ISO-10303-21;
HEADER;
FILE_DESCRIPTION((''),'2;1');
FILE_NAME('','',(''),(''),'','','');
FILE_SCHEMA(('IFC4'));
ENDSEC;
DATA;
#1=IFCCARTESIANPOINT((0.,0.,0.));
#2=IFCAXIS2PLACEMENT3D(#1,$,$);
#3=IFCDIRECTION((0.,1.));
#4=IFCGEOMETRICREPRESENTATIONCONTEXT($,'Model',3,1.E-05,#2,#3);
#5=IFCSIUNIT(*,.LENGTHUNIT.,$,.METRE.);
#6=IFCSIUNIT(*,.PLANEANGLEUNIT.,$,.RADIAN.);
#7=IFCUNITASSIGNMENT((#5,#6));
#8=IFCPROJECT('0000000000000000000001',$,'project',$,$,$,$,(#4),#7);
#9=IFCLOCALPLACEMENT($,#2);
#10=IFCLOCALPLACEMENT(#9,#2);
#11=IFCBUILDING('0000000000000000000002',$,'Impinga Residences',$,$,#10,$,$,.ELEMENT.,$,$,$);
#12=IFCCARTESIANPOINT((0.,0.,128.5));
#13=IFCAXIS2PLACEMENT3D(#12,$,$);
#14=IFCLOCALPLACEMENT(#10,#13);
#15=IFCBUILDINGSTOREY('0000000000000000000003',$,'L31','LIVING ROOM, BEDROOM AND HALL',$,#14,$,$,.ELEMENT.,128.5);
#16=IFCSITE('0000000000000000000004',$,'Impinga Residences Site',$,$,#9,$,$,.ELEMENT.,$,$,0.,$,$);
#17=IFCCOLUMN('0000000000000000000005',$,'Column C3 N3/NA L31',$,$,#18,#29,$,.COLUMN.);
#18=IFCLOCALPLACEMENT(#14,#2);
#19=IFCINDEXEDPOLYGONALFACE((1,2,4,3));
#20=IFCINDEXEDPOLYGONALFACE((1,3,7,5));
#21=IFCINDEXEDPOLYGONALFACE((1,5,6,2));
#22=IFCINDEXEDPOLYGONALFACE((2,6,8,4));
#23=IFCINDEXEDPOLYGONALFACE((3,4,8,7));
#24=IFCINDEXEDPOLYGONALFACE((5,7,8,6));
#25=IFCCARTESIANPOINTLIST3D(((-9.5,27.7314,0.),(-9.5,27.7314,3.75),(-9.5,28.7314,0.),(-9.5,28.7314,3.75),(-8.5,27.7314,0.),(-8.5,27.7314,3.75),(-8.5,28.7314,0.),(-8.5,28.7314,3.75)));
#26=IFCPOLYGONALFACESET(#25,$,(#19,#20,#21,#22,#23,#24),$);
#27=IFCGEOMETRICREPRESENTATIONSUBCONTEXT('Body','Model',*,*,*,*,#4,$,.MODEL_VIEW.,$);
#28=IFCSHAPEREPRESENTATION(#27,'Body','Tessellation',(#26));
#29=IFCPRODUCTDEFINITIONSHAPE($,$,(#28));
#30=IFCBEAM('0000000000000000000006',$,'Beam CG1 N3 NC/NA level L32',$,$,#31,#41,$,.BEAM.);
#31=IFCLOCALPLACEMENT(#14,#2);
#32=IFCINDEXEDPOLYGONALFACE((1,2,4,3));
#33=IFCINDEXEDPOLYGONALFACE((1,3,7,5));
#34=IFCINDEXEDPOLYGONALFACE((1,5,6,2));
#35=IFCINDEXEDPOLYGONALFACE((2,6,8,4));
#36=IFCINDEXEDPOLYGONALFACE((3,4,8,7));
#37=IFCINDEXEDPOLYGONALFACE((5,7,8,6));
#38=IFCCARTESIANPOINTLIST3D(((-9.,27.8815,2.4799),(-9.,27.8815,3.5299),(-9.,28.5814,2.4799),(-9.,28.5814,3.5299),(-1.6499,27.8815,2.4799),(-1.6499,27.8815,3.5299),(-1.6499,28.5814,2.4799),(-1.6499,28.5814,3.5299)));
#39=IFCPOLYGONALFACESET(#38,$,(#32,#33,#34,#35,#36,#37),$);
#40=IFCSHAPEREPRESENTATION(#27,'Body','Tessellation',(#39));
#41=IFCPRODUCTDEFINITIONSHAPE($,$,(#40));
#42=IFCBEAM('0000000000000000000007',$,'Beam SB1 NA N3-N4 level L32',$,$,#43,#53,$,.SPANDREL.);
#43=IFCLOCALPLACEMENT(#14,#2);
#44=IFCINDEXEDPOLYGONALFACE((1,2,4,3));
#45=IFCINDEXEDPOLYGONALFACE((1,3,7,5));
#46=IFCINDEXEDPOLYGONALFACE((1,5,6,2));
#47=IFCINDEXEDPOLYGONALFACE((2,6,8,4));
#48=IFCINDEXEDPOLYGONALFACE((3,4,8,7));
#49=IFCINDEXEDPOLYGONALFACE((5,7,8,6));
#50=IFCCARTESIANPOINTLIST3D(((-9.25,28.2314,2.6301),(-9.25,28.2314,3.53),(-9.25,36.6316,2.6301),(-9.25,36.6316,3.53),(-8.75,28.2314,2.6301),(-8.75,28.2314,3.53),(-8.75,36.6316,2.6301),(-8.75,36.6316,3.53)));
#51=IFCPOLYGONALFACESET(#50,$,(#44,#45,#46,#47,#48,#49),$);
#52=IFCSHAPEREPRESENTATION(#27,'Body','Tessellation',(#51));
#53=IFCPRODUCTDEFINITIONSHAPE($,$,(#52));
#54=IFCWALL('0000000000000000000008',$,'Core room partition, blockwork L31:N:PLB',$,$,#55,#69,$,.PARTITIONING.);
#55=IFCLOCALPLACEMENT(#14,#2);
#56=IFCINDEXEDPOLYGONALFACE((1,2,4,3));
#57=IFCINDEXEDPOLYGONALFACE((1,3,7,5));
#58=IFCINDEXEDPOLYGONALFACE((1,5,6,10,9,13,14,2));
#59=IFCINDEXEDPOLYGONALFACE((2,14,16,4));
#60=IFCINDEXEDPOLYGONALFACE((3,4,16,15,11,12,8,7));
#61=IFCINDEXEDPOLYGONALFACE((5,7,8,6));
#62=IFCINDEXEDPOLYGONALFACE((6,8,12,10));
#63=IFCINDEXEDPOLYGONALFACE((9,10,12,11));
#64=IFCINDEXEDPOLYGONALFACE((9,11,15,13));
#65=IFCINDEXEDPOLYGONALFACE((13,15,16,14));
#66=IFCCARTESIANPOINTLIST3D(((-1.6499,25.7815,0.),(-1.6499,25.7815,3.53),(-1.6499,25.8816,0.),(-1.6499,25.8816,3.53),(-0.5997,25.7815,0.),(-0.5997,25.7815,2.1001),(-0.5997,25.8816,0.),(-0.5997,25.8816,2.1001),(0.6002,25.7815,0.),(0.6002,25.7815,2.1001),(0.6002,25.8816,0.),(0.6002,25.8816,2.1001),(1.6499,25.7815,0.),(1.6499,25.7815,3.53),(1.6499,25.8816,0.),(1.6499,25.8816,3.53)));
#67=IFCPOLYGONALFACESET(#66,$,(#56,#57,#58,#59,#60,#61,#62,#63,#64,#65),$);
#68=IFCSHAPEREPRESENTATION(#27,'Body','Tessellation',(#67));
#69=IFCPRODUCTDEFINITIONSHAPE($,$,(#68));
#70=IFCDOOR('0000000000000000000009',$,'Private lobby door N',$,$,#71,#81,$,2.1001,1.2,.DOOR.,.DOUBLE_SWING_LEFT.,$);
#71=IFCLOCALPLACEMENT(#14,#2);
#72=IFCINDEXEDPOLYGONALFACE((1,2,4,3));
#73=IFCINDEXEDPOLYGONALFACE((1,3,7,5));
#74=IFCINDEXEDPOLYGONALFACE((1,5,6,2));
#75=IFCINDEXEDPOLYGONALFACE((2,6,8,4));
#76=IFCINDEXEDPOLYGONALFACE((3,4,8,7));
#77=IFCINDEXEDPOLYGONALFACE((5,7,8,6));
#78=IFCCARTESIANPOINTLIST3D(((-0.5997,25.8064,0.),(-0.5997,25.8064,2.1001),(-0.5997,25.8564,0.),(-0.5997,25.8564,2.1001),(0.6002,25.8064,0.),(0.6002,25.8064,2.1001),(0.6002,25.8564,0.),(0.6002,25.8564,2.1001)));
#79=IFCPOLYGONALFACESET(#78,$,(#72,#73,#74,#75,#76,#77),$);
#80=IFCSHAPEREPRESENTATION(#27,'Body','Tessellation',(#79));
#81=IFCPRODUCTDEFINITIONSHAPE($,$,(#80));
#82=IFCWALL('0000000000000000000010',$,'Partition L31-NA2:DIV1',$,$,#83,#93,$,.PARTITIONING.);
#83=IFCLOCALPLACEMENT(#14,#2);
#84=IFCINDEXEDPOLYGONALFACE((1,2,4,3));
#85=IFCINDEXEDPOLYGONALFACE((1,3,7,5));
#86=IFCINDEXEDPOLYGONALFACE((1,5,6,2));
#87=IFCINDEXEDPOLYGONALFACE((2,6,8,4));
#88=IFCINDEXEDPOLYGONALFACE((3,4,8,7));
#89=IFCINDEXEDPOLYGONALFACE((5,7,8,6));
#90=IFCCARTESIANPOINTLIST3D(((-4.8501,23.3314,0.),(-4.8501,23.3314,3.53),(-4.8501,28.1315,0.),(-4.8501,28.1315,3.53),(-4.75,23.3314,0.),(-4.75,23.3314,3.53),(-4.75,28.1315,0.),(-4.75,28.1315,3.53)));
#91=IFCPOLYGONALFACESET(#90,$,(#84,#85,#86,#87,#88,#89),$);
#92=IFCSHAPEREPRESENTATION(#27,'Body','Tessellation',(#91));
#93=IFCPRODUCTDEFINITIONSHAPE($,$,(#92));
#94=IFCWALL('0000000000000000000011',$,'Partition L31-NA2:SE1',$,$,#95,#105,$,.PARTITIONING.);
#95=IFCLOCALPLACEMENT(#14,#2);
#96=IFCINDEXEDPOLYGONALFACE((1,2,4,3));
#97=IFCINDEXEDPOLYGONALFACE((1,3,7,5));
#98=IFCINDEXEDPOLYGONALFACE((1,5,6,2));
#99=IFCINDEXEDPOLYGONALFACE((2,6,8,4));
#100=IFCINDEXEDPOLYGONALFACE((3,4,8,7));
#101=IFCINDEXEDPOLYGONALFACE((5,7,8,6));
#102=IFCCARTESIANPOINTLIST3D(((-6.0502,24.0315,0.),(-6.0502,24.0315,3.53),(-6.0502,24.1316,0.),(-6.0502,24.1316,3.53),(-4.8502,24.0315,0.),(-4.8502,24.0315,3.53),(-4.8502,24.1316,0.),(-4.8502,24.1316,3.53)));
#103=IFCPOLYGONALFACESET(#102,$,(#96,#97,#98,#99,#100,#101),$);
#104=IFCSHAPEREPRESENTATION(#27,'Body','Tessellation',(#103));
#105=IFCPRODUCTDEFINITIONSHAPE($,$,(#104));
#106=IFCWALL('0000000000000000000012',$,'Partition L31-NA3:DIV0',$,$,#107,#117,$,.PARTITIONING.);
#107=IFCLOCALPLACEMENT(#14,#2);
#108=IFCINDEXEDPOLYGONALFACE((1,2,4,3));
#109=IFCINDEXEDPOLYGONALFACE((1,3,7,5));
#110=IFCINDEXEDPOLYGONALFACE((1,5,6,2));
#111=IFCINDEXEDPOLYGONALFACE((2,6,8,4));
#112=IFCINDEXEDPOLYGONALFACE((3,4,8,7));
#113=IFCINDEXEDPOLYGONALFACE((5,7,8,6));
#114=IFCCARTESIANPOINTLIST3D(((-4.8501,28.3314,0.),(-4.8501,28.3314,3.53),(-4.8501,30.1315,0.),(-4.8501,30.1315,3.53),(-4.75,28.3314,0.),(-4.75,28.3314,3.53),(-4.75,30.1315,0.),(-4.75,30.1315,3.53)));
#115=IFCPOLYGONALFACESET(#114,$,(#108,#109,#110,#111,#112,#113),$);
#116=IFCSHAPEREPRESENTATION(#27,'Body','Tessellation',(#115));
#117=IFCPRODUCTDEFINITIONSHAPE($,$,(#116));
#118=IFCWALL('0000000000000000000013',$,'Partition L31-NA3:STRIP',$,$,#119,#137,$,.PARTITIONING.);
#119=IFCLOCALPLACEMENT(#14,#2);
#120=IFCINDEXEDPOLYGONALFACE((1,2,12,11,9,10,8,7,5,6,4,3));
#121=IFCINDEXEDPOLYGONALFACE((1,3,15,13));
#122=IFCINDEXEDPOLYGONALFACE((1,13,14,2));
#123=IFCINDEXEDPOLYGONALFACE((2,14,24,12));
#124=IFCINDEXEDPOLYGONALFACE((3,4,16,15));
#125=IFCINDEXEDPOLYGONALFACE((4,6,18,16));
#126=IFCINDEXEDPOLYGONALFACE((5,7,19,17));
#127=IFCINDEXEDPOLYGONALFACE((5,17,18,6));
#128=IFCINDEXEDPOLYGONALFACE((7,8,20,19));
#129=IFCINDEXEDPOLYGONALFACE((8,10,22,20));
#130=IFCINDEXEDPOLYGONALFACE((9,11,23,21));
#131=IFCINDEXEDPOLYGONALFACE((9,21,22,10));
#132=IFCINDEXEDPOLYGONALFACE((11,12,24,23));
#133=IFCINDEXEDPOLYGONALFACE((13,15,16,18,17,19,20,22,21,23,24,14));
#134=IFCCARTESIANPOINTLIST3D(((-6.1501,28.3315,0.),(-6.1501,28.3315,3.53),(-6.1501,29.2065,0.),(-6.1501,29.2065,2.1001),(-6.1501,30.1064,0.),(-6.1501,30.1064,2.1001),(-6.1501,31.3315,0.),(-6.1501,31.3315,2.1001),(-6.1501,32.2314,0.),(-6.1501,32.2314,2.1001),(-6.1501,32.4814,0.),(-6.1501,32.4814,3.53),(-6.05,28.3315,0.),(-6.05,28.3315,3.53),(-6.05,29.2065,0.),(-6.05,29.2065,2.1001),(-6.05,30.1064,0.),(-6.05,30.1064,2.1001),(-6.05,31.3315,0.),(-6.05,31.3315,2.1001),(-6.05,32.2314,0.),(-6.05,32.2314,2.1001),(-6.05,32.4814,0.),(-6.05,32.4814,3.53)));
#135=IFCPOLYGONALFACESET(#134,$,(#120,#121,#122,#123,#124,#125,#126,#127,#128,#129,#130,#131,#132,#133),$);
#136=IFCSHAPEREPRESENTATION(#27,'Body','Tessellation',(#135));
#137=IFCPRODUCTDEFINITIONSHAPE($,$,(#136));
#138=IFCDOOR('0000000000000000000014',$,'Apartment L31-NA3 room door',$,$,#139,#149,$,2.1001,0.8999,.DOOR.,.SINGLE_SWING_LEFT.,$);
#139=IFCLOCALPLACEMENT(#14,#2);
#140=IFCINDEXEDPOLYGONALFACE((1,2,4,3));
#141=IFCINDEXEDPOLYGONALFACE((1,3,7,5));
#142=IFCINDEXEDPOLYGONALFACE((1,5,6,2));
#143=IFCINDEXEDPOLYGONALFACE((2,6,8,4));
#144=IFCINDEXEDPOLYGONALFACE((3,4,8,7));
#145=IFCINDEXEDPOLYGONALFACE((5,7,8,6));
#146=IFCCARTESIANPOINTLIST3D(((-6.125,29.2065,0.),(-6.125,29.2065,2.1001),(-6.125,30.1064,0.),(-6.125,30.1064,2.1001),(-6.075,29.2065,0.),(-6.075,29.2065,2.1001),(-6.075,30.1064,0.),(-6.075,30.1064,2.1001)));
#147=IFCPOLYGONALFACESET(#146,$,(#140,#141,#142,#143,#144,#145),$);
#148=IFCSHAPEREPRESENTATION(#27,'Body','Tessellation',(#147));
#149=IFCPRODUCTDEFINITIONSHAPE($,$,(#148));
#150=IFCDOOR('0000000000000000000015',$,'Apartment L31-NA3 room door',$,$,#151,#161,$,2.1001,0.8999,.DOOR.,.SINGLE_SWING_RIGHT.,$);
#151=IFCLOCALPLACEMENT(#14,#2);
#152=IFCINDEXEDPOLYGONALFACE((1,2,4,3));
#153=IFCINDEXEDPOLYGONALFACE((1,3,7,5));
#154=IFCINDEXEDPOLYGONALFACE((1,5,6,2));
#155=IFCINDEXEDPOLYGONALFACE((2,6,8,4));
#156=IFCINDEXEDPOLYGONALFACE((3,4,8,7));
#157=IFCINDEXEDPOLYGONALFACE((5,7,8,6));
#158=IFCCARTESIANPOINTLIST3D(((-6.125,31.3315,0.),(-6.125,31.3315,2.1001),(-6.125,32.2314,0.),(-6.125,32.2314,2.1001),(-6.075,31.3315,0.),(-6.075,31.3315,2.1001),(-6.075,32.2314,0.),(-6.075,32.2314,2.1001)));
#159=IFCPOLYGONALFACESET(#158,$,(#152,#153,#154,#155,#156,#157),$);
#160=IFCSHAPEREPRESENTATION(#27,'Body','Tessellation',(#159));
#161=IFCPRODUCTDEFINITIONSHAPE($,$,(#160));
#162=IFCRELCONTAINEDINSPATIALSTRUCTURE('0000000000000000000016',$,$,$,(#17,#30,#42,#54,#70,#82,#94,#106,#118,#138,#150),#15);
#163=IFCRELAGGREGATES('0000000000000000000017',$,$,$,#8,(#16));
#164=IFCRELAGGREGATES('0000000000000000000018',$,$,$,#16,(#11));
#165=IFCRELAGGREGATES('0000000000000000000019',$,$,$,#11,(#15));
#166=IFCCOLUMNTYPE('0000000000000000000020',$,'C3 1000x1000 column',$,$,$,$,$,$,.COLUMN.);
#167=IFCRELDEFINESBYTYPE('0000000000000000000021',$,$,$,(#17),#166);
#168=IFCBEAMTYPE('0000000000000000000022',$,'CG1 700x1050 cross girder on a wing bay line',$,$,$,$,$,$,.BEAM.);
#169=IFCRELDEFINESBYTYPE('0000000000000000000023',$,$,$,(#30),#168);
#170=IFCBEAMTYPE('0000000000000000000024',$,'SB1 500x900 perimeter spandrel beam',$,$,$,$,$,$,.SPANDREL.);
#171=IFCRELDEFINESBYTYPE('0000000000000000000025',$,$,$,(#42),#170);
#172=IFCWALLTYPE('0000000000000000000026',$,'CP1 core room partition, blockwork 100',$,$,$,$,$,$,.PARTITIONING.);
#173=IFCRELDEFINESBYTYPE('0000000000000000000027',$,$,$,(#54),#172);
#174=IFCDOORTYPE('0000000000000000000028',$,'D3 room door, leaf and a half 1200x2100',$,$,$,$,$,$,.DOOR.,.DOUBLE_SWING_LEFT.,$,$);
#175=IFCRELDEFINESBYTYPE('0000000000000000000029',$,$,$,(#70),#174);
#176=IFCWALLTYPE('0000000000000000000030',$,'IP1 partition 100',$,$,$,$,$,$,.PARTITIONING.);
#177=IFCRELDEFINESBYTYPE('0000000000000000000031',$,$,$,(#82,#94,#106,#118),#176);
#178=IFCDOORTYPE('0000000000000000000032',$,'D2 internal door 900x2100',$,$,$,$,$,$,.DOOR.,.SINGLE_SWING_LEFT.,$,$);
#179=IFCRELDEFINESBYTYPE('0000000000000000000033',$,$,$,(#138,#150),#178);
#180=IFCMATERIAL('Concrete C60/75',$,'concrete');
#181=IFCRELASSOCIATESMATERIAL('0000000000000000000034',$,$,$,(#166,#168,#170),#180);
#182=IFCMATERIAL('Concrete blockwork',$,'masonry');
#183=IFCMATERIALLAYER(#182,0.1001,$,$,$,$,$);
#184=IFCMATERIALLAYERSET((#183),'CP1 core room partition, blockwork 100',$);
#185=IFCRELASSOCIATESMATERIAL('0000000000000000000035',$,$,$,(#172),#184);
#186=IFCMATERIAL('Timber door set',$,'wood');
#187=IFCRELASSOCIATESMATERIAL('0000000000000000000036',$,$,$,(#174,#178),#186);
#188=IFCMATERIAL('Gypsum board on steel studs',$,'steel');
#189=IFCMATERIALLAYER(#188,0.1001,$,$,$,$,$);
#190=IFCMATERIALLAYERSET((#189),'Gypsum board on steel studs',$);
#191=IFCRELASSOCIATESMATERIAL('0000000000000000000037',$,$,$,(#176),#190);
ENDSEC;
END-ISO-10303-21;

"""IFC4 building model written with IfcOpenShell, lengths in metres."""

from ifc_helpers import new_model, si_unit, direction, frame, frame_2d, origin, origin_2d, place, context, subcontext, project, spatial, rectangle, extrude, material, layer, layer_set, material_profile, profile_set, type_object, element, fill, save


model = new_model("IFC4")

# Units and contexts
model_context = context("Model", 3, precision=1e-05, world=origin(), true_north=direction((0.0, 1.0)))
body_context = subcontext(model_context, "Body", "Model", "MODEL_VIEW")
ifc_project = project(units=[si_unit("LENGTHUNIT", "METRE"), si_unit("PLANEANGLEUNIT", "RADIAN")], contexts=[model_context])

# Site, building, storey
site_placement = place(None, origin())
site = spatial("IfcSite", under=ifc_project, at=site_placement, Name="Impinga Residences Site", CompositionType="ELEMENT", RefElevation=0.0)
building_placement = place(site_placement, origin())
building = spatial("IfcBuilding", under=site, at=building_placement, Name="Impinga Residences", CompositionType="ELEMENT")
storey_placement = place(building_placement, frame((0.0, 0.0, 128.5)))
storey = spatial("IfcBuildingStorey", under=building, at=storey_placement, Name="L31", Description="LIVING ROOM, BEDROOM AND HALL", CompositionType="ELEMENT", Elevation=128.5)

# Column
ifc_material_1 = material(Name="Concrete C60/75", Category="concrete")
ifc_material_profile_1 = material_profile(ifc_material_1, rectangle(XDim=1.0, YDim=1.0, at=origin_2d()), Name="RC 1000x1000")
ifc_profile_set_1 = profile_set([ifc_material_profile_1], Name="Concrete C60/75")
column_type = type_object("IfcColumnType", Name="C3 1000x1000 column", PredefinedType="COLUMN", material=ifc_profile_set_1)
column_placement = place(storey_placement, frame((-9.0, 28.2314, 0.0), z_axis=(0.0, 0.0, 1.0), x_axis=(1.0, 0.0, 0.0)))
element("IfcColumn", 1, at=column_placement, inside=storey, type_object=column_type, Name="Column C3 N3/NA L31", PredefinedType="COLUMN", context=body_context, shape_type="SweptSolid", body=[
    extrude(rectangle(XDim=1.0, YDim=1.0, at=origin_2d()), origin(), (0.0, 0.0, 1.0), 3.75),
])

# Beams
ifc_material_profile_2 = material_profile(ifc_material_1, rectangle(XDim=0.7, YDim=1.05, at=origin_2d()), Name="RC 700x1050")
ifc_profile_set_2 = profile_set([ifc_material_profile_2], Name="Concrete C60/75")
beam_type_1 = type_object("IfcBeamType", Name="CG1 700x1050 cross girder on a wing bay line", PredefinedType="BEAM", material=ifc_profile_set_2)
beam_1_placement = place(storey_placement, frame((-1.6499, 28.2314, 3.0049), z_axis=(-1.0, 0.0, 0.0), x_axis=(0.0, -1.0, 0.0)))
element("IfcBeam", 2, at=beam_1_placement, inside=storey, type_object=beam_type_1, Name="Beam CG1 N3 NC/NA level L32", PredefinedType="BEAM", context=body_context, shape_type="SweptSolid", body=[
    extrude(rectangle(XDim=0.7, YDim=1.05, at=origin_2d()), origin(), (0.0, 0.0, 1.0), 7.3501),
])
ifc_material_profile_3 = material_profile(ifc_material_1, rectangle(XDim=0.5, YDim=0.8999, at=origin_2d()), Name="RC 500x900")
ifc_profile_set_3 = profile_set([ifc_material_profile_3], Name="Concrete C60/75")
beam_type_2 = type_object("IfcBeamType", Name="SB1 500x900 perimeter spandrel beam", PredefinedType="SPANDREL", material=ifc_profile_set_3)
beam_2_placement = place(storey_placement, frame((-9.0, 28.2314, 3.0801), z_axis=(0.0, 1.0, 0.0), x_axis=(-1.0, 0.0, 0.0)))
element("IfcBeam", 3, at=beam_2_placement, inside=storey, type_object=beam_type_2, Name="Beam SB1 NA N3-N4 level L32", PredefinedType="SPANDREL", context=body_context, shape_type="SweptSolid", body=[
    extrude(rectangle(XDim=0.5, YDim=0.8999, at=origin_2d()), origin(), (0.0, 0.0, 1.0), 8.4001),
])

# Wall, opening, door
ifc_material_2 = material(Name="Concrete blockwork", Category="masonry")
ifc_layer_1 = layer(ifc_material_2, 0.1001)
ifc_layer_set_1 = layer_set([ifc_layer_1], Name="CP1 core room partition, blockwork 100")
wall_type_1 = type_object("IfcWallType", Name="CP1 core room partition, blockwork 100", PredefinedType="PARTITIONING", material=ifc_layer_set_1)
wall_1_placement = place(storey_placement, frame((-1.6499, 25.8315, 0.0), z_axis=(0.0, 0.0, 1.0), x_axis=(1.0, 0.0, 0.0)))
wall_1 = element("IfcWall", 4, at=wall_1_placement, inside=storey, type_object=wall_type_1, Name="Core room partition, blockwork L31:N:PLB", PredefinedType="PARTITIONING", context=body_context, shape_type="SweptSolid", body=[
    extrude(rectangle(XDim=3.2998, YDim=0.1001, at=frame_2d((1.6499, 0.0))), origin(), (0.0, 0.0, 1.0), 3.53),
])
opening_1_placement = place(wall_1_placement, frame((1.05, 0.0, 0.0)))
opening_1 = element("IfcOpeningElement", 5, at=opening_1_placement, cuts=wall_1, PredefinedType="OPENING", context=body_context, shape_type="SweptSolid", body=[
    extrude(rectangle(XDim=1.2, YDim=2.1001, at=frame_2d((0.6001, 1.05))), frame((0.0, 0.0601, 0.0), z_axis=(0.0, -1.0, 0.0), x_axis=(1.0, 0.0, 0.0)), (0.0, 0.0, 1.0), 0.1201),
])
ifc_material_3 = material(Name="Timber door set", Category="wood")
door_type_1 = type_object("IfcDoorType", Name="D3 room door, leaf and a half 1200x2100", OperationType="DOUBLE_SWING_LEFT", PredefinedType="DOOR", material=ifc_material_3)
door_1_placement = place(opening_1_placement, origin())
door_1 = element("IfcDoor", 6, at=door_1_placement, inside=storey, type_object=door_type_1, Name="Private lobby door N", OperationType="DOUBLE_SWING_LEFT", OverallHeight=2.1001, OverallWidth=1.2, PredefinedType="DOOR", context=body_context, shape_type="SweptSolid", body=[
    extrude(rectangle(XDim=1.2, YDim=2.1001, at=frame_2d((0.6001, 1.05))), frame((0.0, 0.0249, 0.0), z_axis=(0.0, -1.0, 0.0), x_axis=(1.0, 0.0, 0.0)), (0.0, 0.0, 1.0), 0.05),
])
fill(opening_1, door_1)

# Walls
ifc_material_4 = material(Name="Gypsum board on steel studs", Category="steel")
ifc_layer_2 = layer(ifc_material_4, 0.1001)
ifc_layer_set_2 = layer_set([ifc_layer_2], Name="Gypsum board on steel studs")
wall_type_2 = type_object("IfcWallType", Name="IP1 partition 100", PredefinedType="PARTITIONING", material=ifc_layer_set_2)
wall_2_placement = place(storey_placement, frame((-4.8, 23.3315, 0.0), z_axis=(0.0, 0.0, 1.0), x_axis=(0.0, 1.0, 0.0)))
element("IfcWall", 7, at=wall_2_placement, inside=storey, type_object=wall_type_2, Name="Partition L31-NA2:DIV1", PredefinedType="PARTITIONING", context=body_context, shape_type="SweptSolid", body=[
    extrude(rectangle(XDim=4.8, YDim=0.1001, at=frame_2d((2.3999, 0.0))), origin(), (0.0, 0.0, 1.0), 3.53),
])
wall_3_placement = place(storey_placement, frame((-4.8501, 24.0815, 0.0), z_axis=(0.0, 0.0, 1.0), x_axis=(-1.0, 0.0, 0.0)))
element("IfcWall", 8, at=wall_3_placement, inside=storey, type_object=wall_type_2, Name="Partition L31-NA2:SE1", PredefinedType="PARTITIONING", context=body_context, shape_type="SweptSolid", body=[
    extrude(rectangle(XDim=1.2, YDim=0.1001, at=frame_2d((0.6001, 0.0))), origin(), (0.0, 0.0, 1.0), 3.53),
])
wall_4_placement = place(storey_placement, frame((-4.8, 28.3315, 0.0), z_axis=(0.0, 0.0, 1.0), x_axis=(0.0, 1.0, 0.0)))
element("IfcWall", 9, at=wall_4_placement, inside=storey, type_object=wall_type_2, Name="Partition L31-NA3:DIV0", PredefinedType="PARTITIONING", context=body_context, shape_type="SweptSolid", body=[
    extrude(rectangle(XDim=1.8, YDim=0.1001, at=frame_2d((0.8999, 0.0))), origin(), (0.0, 0.0, 1.0), 3.53),
])

# Wall, openings, doors
wall_5_placement = place(storey_placement, frame((-6.1001, 28.3315, 0.0), z_axis=(0.0, 0.0, 1.0), x_axis=(0.0, 1.0, 0.0)))
wall_5 = element("IfcWall", 10, at=wall_5_placement, inside=storey, type_object=wall_type_2, Name="Partition L31-NA3:STRIP", PredefinedType="PARTITIONING", context=body_context, shape_type="SweptSolid", body=[
    extrude(rectangle(XDim=4.1499, YDim=0.1001, at=frame_2d((2.075, 0.0))), origin(), (0.0, 0.0, 1.0), 3.53),
])
opening_2_placement = place(wall_5_placement, frame((0.875, 0.0, 0.0)))
opening_2 = element("IfcOpeningElement", 11, at=opening_2_placement, cuts=wall_5, PredefinedType="OPENING", context=body_context, shape_type="SweptSolid", body=[
    extrude(rectangle(XDim=0.8999, YDim=2.1001, at=frame_2d((0.45, 1.05))), frame((0.0, 0.0601, 0.0), z_axis=(0.0, -1.0, 0.0), x_axis=(1.0, 0.0, 0.0)), (0.0, 0.0, 1.0), 0.1201),
])
opening_3_placement = place(wall_5_placement, frame((3.0, 0.0, 0.0)))
opening_3 = element("IfcOpeningElement", 12, at=opening_3_placement, cuts=wall_5, PredefinedType="OPENING", context=body_context, shape_type="SweptSolid", body=[
    extrude(rectangle(XDim=0.8999, YDim=2.1001, at=frame_2d((0.45, 1.05))), frame((0.0, 0.0601, 0.0), z_axis=(0.0, -1.0, 0.0), x_axis=(1.0, 0.0, 0.0)), (0.0, 0.0, 1.0), 0.1201),
])
door_type_2 = type_object("IfcDoorType", Name="D2 internal door 900x2100", OperationType="SINGLE_SWING_LEFT", PredefinedType="DOOR", material=ifc_material_3)
door_2_placement = place(opening_2_placement, origin())
door_2 = element("IfcDoor", 13, at=door_2_placement, inside=storey, type_object=door_type_2, Name="Apartment L31-NA3 room door", OperationType="SINGLE_SWING_LEFT", OverallHeight=2.1001, OverallWidth=0.8999, PredefinedType="DOOR", context=body_context, shape_type="SweptSolid", body=[
    extrude(rectangle(XDim=0.8999, YDim=2.1001, at=frame_2d((0.45, 1.05))), frame((0.0, 0.0249, 0.0), z_axis=(0.0, -1.0, 0.0), x_axis=(1.0, 0.0, 0.0)), (0.0, 0.0, 1.0), 0.05),
])
fill(opening_2, door_2)
door_3_placement = place(opening_3_placement, origin())
door_3 = element("IfcDoor", 14, at=door_3_placement, inside=storey, type_object=door_type_2, Name="Apartment L31-NA3 room door", OperationType="SINGLE_SWING_RIGHT", OverallHeight=2.1001, OverallWidth=0.8999, PredefinedType="DOOR", context=body_context, shape_type="SweptSolid", body=[
    extrude(rectangle(XDim=0.8999, YDim=2.1001, at=frame_2d((0.45, 1.05))), frame((0.0, 0.0249, 0.0), z_axis=(0.0, -1.0, 0.0), x_axis=(1.0, 0.0, 0.0)), (0.0, 0.0, 1.0), 0.05),
])
fill(opening_3, door_3)

save(model, "model.ifc")
